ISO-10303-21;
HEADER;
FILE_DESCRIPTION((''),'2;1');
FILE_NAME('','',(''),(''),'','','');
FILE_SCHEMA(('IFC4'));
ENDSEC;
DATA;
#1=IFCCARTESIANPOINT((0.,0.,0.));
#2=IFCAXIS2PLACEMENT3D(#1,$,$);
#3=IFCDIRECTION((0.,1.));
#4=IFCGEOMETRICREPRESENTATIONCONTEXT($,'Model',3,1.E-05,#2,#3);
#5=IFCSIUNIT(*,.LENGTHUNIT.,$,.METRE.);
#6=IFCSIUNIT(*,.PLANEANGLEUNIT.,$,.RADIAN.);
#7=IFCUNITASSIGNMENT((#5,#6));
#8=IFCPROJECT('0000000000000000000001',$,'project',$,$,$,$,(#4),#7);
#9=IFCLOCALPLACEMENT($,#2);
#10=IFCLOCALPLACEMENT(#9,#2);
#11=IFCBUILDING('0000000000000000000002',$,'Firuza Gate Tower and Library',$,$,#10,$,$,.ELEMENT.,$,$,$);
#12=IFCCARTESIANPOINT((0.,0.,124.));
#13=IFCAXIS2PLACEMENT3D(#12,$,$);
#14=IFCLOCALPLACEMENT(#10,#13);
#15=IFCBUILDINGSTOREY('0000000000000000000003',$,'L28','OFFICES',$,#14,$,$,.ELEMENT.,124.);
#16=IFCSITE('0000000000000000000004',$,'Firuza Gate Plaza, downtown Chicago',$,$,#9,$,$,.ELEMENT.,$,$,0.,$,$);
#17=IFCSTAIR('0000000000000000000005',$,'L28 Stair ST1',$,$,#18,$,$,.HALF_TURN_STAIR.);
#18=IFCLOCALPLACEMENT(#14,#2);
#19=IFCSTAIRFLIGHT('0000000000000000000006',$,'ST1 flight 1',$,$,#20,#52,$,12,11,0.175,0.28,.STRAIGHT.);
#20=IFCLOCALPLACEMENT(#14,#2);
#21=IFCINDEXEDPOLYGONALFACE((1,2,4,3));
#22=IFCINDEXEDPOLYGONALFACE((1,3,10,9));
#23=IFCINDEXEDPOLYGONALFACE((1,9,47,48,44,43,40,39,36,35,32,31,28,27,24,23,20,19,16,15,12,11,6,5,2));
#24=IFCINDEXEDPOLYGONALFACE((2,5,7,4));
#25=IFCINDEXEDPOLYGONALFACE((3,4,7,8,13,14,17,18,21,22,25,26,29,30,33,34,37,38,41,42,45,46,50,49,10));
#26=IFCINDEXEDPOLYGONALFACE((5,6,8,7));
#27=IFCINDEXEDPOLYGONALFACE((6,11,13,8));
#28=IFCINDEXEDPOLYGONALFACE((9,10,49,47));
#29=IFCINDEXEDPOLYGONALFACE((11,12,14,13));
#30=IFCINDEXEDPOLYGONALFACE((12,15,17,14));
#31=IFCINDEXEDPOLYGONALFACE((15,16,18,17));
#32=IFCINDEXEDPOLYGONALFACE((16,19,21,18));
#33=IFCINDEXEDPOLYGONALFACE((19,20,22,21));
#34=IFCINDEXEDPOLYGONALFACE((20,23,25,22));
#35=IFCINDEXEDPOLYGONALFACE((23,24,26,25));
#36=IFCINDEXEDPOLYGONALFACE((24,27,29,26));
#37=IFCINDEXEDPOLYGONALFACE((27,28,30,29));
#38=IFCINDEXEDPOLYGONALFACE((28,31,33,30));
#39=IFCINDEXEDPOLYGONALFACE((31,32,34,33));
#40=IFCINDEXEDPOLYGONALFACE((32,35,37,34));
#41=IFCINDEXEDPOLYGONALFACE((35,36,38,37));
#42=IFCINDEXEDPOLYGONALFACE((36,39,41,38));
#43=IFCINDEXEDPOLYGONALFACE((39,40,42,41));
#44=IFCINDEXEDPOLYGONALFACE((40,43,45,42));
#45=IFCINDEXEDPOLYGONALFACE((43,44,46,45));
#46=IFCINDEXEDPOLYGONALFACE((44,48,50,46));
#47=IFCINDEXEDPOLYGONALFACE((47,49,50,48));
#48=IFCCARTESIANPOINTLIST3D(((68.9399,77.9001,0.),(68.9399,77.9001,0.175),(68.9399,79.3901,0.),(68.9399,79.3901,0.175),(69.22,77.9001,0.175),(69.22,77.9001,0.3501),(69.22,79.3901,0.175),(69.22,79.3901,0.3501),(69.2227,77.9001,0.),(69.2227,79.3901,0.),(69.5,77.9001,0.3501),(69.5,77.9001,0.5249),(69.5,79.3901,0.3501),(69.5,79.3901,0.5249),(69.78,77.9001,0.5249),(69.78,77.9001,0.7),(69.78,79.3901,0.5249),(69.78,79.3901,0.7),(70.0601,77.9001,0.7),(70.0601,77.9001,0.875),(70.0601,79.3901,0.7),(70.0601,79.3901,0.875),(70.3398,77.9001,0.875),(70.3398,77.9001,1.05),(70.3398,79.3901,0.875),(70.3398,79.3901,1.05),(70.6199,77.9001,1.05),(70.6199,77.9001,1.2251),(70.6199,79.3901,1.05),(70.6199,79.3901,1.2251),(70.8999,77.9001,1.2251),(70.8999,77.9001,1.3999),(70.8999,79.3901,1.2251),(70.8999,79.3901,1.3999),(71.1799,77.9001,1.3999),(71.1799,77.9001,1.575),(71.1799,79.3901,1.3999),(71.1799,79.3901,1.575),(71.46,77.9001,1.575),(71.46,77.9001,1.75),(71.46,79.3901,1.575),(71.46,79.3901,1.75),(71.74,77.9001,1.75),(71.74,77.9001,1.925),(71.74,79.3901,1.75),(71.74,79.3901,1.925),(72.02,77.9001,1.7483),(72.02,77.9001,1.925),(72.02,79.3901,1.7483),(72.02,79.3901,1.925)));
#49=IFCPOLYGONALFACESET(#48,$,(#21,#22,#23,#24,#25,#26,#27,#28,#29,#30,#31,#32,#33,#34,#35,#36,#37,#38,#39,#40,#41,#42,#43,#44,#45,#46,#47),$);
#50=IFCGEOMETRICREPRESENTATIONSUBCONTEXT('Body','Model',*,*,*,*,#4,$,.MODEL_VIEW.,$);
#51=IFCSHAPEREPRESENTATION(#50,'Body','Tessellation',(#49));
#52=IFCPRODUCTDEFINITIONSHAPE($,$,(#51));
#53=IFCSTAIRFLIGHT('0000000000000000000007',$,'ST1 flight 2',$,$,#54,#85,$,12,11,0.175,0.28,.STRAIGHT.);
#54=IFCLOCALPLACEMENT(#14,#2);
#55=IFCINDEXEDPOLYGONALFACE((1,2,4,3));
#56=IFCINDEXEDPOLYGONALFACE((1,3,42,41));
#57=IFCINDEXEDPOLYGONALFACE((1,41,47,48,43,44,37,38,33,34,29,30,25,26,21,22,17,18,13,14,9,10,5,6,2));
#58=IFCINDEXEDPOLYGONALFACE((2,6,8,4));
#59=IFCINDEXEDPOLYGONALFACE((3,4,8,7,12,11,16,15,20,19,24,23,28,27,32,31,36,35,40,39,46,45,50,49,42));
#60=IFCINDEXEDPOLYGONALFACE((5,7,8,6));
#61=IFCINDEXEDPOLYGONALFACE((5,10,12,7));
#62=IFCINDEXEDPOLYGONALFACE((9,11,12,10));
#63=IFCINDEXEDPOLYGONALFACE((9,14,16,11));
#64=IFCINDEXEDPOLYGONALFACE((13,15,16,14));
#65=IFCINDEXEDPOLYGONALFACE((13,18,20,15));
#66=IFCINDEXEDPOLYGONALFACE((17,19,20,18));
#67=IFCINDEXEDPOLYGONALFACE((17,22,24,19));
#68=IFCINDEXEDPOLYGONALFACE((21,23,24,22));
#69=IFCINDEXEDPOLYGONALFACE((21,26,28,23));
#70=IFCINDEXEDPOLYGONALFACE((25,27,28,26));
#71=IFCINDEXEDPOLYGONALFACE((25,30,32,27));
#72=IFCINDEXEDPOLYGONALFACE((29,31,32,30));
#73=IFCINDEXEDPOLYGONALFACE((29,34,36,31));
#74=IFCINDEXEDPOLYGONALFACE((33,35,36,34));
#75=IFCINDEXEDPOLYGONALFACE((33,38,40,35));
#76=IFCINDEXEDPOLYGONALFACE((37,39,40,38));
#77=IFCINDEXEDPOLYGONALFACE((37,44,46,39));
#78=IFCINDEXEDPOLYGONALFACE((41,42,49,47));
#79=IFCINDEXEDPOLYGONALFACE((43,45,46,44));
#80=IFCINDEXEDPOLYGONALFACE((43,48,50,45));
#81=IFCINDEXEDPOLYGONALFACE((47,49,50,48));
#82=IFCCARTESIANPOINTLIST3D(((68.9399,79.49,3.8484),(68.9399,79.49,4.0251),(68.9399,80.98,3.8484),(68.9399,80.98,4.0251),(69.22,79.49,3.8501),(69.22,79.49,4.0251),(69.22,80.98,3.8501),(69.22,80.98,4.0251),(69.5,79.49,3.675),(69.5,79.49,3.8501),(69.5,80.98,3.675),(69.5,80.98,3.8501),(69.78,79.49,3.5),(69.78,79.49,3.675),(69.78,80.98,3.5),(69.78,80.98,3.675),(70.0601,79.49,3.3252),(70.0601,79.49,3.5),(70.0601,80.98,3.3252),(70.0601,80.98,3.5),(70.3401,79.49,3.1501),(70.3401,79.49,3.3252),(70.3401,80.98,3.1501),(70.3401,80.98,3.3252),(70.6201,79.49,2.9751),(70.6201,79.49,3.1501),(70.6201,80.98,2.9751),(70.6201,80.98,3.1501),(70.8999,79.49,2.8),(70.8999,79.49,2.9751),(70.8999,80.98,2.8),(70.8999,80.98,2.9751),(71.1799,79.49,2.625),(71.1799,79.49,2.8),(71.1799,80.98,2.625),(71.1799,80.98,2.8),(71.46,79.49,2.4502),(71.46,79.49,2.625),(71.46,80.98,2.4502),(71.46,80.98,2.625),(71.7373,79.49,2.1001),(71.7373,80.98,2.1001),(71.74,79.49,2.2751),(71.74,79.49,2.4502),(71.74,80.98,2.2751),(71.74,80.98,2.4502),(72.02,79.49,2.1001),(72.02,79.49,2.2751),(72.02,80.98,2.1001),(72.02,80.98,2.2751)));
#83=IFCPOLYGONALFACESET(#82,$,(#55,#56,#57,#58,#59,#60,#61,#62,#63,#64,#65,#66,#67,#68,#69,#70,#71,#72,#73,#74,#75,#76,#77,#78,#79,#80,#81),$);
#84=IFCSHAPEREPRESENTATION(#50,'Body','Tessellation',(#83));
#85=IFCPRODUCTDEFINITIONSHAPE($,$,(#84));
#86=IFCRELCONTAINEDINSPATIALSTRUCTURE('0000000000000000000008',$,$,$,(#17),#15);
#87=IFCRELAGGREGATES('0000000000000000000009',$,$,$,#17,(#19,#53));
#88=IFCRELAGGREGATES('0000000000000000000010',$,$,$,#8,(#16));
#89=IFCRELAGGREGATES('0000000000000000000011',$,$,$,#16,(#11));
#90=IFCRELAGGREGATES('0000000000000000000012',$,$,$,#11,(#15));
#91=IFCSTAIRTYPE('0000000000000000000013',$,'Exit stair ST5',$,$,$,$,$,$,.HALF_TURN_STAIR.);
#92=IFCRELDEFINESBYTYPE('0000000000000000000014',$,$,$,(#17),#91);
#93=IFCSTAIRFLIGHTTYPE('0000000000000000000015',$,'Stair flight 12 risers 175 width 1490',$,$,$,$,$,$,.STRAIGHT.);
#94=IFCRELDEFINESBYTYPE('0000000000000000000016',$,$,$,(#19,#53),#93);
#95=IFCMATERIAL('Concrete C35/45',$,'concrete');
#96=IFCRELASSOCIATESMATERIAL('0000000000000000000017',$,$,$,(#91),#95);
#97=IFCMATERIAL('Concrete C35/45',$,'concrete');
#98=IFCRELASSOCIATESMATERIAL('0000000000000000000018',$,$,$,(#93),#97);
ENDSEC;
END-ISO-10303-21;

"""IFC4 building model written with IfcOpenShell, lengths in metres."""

from ifc_helpers import new_model, si_unit, direction, frame, origin, place, context, subcontext, project, spatial, polyline, outline, extrude, material, type_object, element, aggregate, save


model = new_model("IFC4")

# Units and contexts
model_context = context("Model", 3, precision=1e-05, world=origin(), true_north=direction((0.0, 1.0)))
body_context = subcontext(model_context, "Body", "Model", "MODEL_VIEW")
ifc_project = project(units=[si_unit("LENGTHUNIT", "METRE"), si_unit("PLANEANGLEUNIT", "RADIAN")], contexts=[model_context])

# Site, building, storey
site_placement = place(None, origin())
site = spatial("IfcSite", under=ifc_project, at=site_placement, Name="Firuza Gate Plaza, downtown Chicago", CompositionType="ELEMENT", RefElevation=0.0)
building_placement = place(site_placement, origin())
building = spatial("IfcBuilding", under=site, at=building_placement, Name="Firuza Gate Tower and Library", CompositionType="ELEMENT")
storey_placement = place(building_placement, frame((0.0, 0.0, 124.0)))
storey = spatial("IfcBuildingStorey", under=building, at=storey_placement, Name="L28", Description="OFFICES", CompositionType="ELEMENT", Elevation=124.0)

# Stair, stair flights
ifc_material_1 = material(Name="Concrete C35/45", Category="concrete")
stair_type = type_object("IfcStairType", Name="Exit stair ST5", PredefinedType="HALF_TURN_STAIR", material=ifc_material_1)
stair_placement = place(storey_placement, origin())
stair = element("IfcStair", 1, at=stair_placement, inside=storey, type_object=stair_type, Name="L28 Stair ST1", PredefinedType="HALF_TURN_STAIR")
ifc_material_2 = material(Name="Concrete C35/45", Category="concrete")
stair_flight_type = type_object("IfcStairFlightType", Name="Stair flight 12 risers 175 width 1490", PredefinedType="STRAIGHT", material=ifc_material_2)
stair_flight_1_placement = place(storey_placement, frame((68.9399, 78.645, 0.0), z_axis=(0.0, 0.0, 1.0), x_axis=(1.0, 0.0, 0.0)))
stair_flight_1 = element("IfcStairFlight", 2, at=stair_flight_1_placement, type_object=stair_flight_type, Name="ST1 flight 1", NumberOfRisers=12, NumberOfTreads=11, PredefinedType="STRAIGHT", RiserHeight=0.175, TreadLength=0.28, context=body_context, shape_type="SweptSolid", body=[
    extrude(outline(polyline([(0.0, 0.0), (0.0, 0.175), (0.28, 0.175), (0.28, 0.3501), (0.5601, 0.3501), (0.5601, 0.5249), (0.8401, 0.5249), (0.8401, 0.7), (1.1201, 0.7), (1.1201, 0.875), (1.3999, 0.875), (1.3999, 1.05), (1.6799, 1.05), (1.6799, 1.2251), (1.96, 1.2251), (1.96, 1.3999), (2.24, 1.3999), (2.24, 1.575), (2.52, 1.575), (2.52, 1.75), (2.8, 1.75), (2.8, 1.925), (3.0801, 1.925), (3.0801, 2.1001), (3.0801, 1.7483), (0.2827, 0.0), (0.0, 0.0)])), frame((0.0, 0.7451, 0.0), z_axis=(0.0, -1.0, 0.0), x_axis=(1.0, 0.0, 0.0)), (0.0, 0.0, 1.0), 1.49),
])
stair_flight_2_placement = place(storey_placement, frame((72.02, 80.2351, 2.1001), z_axis=(0.0, 0.0, 1.0), x_axis=(-1.0, 0.0, 0.0)))
stair_flight_2 = element("IfcStairFlight", 3, at=stair_flight_2_placement, type_object=stair_flight_type, Name="ST1 flight 2", NumberOfRisers=12, NumberOfTreads=11, PredefinedType="STRAIGHT", RiserHeight=0.175, TreadLength=0.28, context=body_context, shape_type="SweptSolid", body=[
    extrude(outline(polyline([(0.0, 0.0), (0.0, 0.175), (0.28, 0.175), (0.28, 0.3501), (0.5601, 0.3501), (0.5601, 0.5249), (0.8401, 0.5249), (0.8401, 0.7), (1.1201, 0.7), (1.1201, 0.875), (1.3999, 0.875), (1.3999, 1.05), (1.6799, 1.05), (1.6799, 1.2251), (1.96, 1.2251), (1.96, 1.3999), (2.24, 1.3999), (2.24, 1.575), (2.52, 1.575), (2.52, 1.75), (2.8, 1.75), (2.8, 1.925), (3.0801, 1.925), (3.0801, 2.1001), (3.0801, 1.7483), (0.2827, 0.0), (0.0, 0.0)])), frame((0.0, 0.7451, 0.0), z_axis=(0.0, -1.0, 0.0), x_axis=(1.0, 0.0, 0.0)), (0.0, 0.0, 1.0), 1.49),
])
aggregate(stair, [stair_flight_1, stair_flight_2])

save(model, "model.ifc")
